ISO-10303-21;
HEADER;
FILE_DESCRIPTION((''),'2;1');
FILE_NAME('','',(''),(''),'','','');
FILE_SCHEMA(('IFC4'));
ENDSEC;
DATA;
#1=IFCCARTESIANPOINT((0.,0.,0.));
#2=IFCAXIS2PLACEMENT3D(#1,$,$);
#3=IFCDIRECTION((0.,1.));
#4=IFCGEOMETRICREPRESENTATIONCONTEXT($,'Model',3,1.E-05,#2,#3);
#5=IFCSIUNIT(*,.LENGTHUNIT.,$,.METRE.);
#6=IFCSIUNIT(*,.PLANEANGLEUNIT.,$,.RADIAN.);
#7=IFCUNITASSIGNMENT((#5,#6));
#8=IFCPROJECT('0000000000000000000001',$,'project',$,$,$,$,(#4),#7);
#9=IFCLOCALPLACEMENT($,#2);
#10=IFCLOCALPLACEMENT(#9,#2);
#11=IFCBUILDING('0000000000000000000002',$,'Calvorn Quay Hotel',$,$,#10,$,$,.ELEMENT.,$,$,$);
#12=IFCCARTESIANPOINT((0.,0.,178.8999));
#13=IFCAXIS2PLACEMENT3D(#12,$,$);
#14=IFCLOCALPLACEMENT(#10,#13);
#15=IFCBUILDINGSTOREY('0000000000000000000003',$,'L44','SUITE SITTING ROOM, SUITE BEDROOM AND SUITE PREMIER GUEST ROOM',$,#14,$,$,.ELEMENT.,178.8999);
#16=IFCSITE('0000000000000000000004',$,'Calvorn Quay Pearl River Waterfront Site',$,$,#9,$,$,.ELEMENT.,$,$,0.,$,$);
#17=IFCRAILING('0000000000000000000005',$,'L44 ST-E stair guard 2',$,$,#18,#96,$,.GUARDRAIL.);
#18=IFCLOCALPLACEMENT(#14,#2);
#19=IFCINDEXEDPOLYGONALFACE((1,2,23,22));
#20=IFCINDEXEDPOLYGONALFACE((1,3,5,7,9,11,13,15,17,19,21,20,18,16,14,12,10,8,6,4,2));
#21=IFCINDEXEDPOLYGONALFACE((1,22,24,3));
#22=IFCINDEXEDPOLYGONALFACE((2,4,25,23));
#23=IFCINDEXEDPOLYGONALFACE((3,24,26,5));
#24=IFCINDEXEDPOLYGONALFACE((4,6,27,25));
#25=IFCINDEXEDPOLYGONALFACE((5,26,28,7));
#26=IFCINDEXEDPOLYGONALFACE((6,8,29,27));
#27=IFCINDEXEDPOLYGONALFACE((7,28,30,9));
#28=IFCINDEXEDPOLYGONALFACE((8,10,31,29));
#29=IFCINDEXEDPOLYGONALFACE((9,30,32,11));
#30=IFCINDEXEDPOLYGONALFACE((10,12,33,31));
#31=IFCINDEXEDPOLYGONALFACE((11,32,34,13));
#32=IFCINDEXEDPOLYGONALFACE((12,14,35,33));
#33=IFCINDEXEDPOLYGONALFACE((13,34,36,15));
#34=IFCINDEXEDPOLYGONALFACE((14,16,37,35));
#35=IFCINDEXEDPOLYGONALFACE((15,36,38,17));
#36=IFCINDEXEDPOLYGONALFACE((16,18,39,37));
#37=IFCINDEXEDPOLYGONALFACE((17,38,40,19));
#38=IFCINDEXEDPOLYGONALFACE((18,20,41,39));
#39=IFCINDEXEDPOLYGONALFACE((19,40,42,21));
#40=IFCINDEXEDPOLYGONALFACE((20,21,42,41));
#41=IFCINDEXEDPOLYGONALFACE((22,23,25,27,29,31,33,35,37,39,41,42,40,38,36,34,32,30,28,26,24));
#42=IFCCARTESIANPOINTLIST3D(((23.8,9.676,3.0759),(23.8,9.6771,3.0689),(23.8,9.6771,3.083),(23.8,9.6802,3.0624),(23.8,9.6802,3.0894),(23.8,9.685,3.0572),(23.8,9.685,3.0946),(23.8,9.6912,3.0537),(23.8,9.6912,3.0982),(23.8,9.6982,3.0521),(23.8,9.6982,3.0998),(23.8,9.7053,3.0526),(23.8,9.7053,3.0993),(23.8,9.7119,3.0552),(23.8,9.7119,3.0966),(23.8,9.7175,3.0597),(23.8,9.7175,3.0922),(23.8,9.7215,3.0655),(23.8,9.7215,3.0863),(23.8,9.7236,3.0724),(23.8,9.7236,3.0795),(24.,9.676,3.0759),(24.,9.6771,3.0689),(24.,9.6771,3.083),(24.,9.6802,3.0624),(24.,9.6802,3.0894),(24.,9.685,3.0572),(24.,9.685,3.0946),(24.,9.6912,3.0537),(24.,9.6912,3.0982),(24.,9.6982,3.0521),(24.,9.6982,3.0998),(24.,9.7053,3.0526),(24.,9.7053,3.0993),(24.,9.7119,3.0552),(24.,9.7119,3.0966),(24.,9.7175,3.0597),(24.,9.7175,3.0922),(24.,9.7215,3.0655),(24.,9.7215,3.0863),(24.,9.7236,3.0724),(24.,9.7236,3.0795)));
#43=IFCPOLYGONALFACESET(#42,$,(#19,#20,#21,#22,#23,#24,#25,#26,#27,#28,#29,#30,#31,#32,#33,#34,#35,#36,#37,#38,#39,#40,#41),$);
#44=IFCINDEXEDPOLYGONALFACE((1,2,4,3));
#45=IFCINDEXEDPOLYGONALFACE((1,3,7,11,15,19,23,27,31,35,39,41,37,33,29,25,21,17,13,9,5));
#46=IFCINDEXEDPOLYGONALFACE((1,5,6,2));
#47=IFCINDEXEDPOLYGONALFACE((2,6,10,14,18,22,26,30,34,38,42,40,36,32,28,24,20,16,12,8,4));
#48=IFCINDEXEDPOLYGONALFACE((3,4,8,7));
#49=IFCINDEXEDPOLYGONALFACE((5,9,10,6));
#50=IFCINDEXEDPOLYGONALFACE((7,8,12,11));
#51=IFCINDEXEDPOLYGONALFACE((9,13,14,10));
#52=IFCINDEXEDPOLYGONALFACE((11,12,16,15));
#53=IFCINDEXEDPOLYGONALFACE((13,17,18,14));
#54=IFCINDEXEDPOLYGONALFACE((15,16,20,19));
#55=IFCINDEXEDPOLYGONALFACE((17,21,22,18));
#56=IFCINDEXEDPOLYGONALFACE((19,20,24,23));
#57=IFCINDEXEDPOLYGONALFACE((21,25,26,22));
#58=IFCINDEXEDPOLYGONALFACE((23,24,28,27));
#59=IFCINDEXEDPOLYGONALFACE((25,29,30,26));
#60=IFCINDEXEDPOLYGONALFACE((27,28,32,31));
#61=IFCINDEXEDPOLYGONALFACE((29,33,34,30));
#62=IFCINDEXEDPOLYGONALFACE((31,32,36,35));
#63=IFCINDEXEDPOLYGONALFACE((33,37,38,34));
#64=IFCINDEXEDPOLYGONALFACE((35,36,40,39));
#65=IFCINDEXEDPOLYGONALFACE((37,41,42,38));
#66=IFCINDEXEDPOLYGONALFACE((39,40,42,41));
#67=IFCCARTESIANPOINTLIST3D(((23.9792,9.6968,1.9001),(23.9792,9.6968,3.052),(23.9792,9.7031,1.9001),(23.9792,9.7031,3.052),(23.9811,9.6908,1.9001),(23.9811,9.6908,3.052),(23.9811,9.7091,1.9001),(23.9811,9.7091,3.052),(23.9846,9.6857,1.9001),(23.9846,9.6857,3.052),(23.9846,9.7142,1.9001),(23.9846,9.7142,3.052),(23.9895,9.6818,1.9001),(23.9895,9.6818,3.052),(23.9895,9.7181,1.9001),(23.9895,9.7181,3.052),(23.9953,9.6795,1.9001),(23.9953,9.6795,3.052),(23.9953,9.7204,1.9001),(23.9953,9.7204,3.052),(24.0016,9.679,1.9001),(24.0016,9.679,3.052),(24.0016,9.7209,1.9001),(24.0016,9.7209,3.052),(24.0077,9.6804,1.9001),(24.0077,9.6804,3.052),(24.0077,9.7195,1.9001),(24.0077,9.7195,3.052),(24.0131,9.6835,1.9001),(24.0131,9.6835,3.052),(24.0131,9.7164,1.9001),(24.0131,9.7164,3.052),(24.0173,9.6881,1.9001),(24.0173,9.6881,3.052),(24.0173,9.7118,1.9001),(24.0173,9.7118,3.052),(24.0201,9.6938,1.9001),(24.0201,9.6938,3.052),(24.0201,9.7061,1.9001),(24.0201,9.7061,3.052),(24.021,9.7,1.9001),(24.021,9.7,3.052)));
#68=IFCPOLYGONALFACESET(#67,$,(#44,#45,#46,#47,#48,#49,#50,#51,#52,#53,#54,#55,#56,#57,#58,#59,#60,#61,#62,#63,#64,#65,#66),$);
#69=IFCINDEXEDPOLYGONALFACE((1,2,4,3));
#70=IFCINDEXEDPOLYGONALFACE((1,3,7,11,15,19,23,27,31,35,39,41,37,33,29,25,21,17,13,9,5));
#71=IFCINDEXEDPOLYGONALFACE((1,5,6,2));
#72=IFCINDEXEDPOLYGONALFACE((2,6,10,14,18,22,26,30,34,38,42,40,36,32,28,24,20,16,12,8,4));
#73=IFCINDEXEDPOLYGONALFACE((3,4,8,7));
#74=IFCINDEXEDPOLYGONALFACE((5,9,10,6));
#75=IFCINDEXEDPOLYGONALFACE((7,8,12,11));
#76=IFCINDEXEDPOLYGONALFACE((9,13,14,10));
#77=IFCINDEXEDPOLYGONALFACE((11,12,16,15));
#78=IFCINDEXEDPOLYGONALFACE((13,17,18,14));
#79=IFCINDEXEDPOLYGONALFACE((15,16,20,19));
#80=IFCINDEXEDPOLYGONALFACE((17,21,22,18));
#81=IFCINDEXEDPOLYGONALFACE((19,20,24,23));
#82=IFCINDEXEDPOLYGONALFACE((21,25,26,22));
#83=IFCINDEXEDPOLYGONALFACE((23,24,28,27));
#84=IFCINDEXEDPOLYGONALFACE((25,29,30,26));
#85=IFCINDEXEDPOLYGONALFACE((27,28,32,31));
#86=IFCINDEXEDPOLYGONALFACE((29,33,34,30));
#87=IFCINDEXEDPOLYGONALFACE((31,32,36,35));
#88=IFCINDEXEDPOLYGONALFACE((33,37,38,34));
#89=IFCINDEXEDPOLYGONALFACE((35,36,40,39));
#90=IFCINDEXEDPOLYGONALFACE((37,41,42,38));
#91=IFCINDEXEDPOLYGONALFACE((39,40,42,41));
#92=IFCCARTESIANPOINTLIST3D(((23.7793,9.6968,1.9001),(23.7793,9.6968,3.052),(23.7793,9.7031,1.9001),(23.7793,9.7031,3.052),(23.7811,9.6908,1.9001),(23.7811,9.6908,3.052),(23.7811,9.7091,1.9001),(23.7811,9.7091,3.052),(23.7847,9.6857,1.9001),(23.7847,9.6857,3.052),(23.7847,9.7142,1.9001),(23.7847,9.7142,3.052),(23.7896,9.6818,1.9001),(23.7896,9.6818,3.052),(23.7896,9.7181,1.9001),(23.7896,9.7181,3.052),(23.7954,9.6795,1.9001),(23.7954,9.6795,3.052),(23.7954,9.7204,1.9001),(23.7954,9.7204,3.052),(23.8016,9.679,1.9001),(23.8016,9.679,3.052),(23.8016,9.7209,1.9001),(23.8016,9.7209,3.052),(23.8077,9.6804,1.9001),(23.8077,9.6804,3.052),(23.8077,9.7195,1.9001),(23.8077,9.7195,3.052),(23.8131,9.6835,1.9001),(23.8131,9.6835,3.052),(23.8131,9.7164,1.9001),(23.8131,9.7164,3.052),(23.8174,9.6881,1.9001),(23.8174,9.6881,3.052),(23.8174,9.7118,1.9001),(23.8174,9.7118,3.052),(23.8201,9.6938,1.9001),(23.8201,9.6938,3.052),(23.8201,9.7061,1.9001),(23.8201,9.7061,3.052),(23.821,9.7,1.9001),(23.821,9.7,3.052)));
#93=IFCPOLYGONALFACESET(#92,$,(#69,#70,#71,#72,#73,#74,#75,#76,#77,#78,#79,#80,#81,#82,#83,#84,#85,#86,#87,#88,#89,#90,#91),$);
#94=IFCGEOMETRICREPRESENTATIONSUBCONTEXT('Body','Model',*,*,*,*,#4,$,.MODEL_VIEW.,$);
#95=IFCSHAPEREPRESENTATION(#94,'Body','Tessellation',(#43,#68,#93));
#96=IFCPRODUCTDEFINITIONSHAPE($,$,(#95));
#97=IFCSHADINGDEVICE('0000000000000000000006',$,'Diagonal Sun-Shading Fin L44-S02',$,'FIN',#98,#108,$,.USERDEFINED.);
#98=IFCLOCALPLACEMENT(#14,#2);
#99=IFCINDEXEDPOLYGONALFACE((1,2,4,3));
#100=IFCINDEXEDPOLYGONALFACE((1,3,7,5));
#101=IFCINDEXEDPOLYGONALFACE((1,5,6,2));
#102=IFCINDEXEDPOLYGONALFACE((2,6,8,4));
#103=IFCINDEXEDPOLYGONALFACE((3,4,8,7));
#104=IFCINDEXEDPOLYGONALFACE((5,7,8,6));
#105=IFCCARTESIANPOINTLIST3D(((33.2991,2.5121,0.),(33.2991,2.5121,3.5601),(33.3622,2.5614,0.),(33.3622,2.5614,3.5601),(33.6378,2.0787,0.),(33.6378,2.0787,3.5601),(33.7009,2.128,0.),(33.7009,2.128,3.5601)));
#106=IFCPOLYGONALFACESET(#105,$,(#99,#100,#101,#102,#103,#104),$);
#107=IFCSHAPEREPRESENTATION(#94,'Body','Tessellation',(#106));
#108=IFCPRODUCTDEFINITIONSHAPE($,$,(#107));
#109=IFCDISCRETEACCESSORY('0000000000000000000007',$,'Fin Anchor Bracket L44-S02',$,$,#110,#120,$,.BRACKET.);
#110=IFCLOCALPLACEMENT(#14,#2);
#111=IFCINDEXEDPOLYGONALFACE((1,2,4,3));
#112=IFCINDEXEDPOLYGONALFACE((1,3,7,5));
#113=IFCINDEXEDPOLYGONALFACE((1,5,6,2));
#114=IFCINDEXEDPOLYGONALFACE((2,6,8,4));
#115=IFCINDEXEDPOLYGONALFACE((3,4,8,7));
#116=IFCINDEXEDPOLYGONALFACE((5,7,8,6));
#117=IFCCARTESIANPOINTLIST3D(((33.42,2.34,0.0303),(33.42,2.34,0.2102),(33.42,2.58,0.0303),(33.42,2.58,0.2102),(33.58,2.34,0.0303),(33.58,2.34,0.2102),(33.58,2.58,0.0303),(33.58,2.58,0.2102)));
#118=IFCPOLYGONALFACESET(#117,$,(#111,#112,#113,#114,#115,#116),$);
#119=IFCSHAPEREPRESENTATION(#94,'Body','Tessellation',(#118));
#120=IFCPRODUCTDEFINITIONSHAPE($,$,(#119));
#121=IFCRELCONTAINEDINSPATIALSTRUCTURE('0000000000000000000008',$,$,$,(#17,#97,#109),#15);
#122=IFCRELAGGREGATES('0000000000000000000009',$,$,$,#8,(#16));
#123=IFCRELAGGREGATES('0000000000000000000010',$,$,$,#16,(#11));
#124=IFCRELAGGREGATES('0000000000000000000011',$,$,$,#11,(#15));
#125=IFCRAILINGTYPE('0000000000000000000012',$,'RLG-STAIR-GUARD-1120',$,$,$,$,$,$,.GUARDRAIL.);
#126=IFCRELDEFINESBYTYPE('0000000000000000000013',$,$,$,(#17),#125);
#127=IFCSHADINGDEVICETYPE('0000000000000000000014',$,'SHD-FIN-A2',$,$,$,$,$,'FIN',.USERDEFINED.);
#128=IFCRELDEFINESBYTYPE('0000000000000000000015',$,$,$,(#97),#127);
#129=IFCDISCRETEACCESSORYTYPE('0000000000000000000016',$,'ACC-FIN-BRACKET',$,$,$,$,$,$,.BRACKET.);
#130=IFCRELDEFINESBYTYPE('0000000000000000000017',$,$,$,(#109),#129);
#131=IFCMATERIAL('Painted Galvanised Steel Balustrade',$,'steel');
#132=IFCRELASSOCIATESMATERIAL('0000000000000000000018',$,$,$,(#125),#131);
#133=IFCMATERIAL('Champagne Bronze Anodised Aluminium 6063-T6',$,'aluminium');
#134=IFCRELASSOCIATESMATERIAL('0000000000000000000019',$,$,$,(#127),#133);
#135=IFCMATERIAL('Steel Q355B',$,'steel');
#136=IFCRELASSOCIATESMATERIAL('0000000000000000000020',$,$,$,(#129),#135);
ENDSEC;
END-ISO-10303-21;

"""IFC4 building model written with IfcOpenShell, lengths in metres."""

from ifc_helpers import new_model, si_unit, direction, frame, origin, origin_2d, place, context, subcontext, project, spatial, rectangle, circle, extrude, material, type_object, element, save


model = new_model("IFC4")

# Units and contexts
model_context = context("Model", 3, precision=1e-05, world=origin(), true_north=direction((0.0, 1.0)))
body_context = subcontext(model_context, "Body", "Model", "MODEL_VIEW")
ifc_project = project(units=[si_unit("LENGTHUNIT", "METRE"), si_unit("PLANEANGLEUNIT", "RADIAN")], contexts=[model_context])

# Site, building, storey
site_placement = place(None, origin())
site = spatial("IfcSite", under=ifc_project, at=site_placement, Name="Calvorn Quay Pearl River Waterfront Site", CompositionType="ELEMENT", RefElevation=0.0)
building_placement = place(site_placement, origin())
building = spatial("IfcBuilding", under=site, at=building_placement, Name="Calvorn Quay Hotel", CompositionType="ELEMENT")
storey_placement = place(building_placement, frame((0.0, 0.0, 178.8999)))
storey = spatial("IfcBuildingStorey", under=building, at=storey_placement, Name="L44", Description="SUITE SITTING ROOM, SUITE BEDROOM AND SUITE PREMIER GUEST ROOM", CompositionType="ELEMENT", Elevation=178.8999)

# Railing
ifc_material_1 = material(Name="Painted Galvanised Steel Balustrade", Category="steel")
railing_type_1 = type_object("IfcRailingType", Name="RLG-STAIR-GUARD-1120", PredefinedType="GUARDRAIL", material=ifc_material_1)
railing_1_placement = place(storey_placement, frame((24.0, 9.7, 1.9001)))
element("IfcRailing", 1, at=railing_1_placement, inside=storey, type_object=railing_type_1, Name="L44 ST-E stair guard 2", PredefinedType="GUARDRAIL", context=body_context, shape_type="SweptSolid", body=[
    extrude(circle(Radius=0.0239, at=origin_2d()), frame((0.0, 0.0, 1.1758), z_axis=(-1.0, 0.0, 0.0), x_axis=(0.0, -1.0, 0.0)), (0.0, 0.0, 1.0), 0.2),
    extrude(circle(Radius=0.021, at=origin_2d()), origin(), (0.0, 0.0, 1.0), 1.1519),
    extrude(circle(Radius=0.021, at=origin_2d()), frame((-0.2, 0.0, 0.0)), (0.0, 0.0, 1.0), 1.1519),
])

# Shading device
ifc_material_2 = material(Name="Champagne Bronze Anodised Aluminium 6063-T6", Category="aluminium")
shading_device_type = type_object("IfcShadingDeviceType", Name="SHD-FIN-A2", ElementType="FIN", PredefinedType="USERDEFINED", material=ifc_material_2)
shading_device_placement = place(storey_placement, frame((33.5, 2.3201, 0.0), z_axis=(0.0, 0.0, 1.0), x_axis=(-0.615661, 0.788011, 0.0)))
element("IfcShadingDevice", 2, at=shading_device_placement, inside=storey, type_object=shading_device_type, Name="Diagonal Sun-Shading Fin L44-S02", ObjectType="FIN", PredefinedType="USERDEFINED", context=body_context, shape_type="SweptSolid", body=[
    extrude(rectangle(XDim=0.55, YDim=0.0801, at=origin_2d()), origin(), (0.0, 0.0, 1.0), 3.5601),
])

# Discrete accessory
ifc_material_3 = material(Name="Steel Q355B", Category="steel")
discrete_accessory_type = type_object("IfcDiscreteAccessoryType", Name="ACC-FIN-BRACKET", PredefinedType="BRACKET", material=ifc_material_3)
discrete_accessory_placement = place(storey_placement, frame((33.5, 2.46, 0.0303), z_axis=(0.0, 0.0, 1.0), x_axis=(0.0, 1.0, 0.0)))
element("IfcDiscreteAccessory", 3, at=discrete_accessory_placement, inside=storey, type_object=discrete_accessory_type, Name="Fin Anchor Bracket L44-S02", PredefinedType="BRACKET", context=body_context, shape_type="SweptSolid", body=[
    extrude(rectangle(XDim=0.24, YDim=0.1599, at=origin_2d()), origin(), (0.0, 0.0, 1.0), 0.1799),
])

save(model, "model.ifc")
